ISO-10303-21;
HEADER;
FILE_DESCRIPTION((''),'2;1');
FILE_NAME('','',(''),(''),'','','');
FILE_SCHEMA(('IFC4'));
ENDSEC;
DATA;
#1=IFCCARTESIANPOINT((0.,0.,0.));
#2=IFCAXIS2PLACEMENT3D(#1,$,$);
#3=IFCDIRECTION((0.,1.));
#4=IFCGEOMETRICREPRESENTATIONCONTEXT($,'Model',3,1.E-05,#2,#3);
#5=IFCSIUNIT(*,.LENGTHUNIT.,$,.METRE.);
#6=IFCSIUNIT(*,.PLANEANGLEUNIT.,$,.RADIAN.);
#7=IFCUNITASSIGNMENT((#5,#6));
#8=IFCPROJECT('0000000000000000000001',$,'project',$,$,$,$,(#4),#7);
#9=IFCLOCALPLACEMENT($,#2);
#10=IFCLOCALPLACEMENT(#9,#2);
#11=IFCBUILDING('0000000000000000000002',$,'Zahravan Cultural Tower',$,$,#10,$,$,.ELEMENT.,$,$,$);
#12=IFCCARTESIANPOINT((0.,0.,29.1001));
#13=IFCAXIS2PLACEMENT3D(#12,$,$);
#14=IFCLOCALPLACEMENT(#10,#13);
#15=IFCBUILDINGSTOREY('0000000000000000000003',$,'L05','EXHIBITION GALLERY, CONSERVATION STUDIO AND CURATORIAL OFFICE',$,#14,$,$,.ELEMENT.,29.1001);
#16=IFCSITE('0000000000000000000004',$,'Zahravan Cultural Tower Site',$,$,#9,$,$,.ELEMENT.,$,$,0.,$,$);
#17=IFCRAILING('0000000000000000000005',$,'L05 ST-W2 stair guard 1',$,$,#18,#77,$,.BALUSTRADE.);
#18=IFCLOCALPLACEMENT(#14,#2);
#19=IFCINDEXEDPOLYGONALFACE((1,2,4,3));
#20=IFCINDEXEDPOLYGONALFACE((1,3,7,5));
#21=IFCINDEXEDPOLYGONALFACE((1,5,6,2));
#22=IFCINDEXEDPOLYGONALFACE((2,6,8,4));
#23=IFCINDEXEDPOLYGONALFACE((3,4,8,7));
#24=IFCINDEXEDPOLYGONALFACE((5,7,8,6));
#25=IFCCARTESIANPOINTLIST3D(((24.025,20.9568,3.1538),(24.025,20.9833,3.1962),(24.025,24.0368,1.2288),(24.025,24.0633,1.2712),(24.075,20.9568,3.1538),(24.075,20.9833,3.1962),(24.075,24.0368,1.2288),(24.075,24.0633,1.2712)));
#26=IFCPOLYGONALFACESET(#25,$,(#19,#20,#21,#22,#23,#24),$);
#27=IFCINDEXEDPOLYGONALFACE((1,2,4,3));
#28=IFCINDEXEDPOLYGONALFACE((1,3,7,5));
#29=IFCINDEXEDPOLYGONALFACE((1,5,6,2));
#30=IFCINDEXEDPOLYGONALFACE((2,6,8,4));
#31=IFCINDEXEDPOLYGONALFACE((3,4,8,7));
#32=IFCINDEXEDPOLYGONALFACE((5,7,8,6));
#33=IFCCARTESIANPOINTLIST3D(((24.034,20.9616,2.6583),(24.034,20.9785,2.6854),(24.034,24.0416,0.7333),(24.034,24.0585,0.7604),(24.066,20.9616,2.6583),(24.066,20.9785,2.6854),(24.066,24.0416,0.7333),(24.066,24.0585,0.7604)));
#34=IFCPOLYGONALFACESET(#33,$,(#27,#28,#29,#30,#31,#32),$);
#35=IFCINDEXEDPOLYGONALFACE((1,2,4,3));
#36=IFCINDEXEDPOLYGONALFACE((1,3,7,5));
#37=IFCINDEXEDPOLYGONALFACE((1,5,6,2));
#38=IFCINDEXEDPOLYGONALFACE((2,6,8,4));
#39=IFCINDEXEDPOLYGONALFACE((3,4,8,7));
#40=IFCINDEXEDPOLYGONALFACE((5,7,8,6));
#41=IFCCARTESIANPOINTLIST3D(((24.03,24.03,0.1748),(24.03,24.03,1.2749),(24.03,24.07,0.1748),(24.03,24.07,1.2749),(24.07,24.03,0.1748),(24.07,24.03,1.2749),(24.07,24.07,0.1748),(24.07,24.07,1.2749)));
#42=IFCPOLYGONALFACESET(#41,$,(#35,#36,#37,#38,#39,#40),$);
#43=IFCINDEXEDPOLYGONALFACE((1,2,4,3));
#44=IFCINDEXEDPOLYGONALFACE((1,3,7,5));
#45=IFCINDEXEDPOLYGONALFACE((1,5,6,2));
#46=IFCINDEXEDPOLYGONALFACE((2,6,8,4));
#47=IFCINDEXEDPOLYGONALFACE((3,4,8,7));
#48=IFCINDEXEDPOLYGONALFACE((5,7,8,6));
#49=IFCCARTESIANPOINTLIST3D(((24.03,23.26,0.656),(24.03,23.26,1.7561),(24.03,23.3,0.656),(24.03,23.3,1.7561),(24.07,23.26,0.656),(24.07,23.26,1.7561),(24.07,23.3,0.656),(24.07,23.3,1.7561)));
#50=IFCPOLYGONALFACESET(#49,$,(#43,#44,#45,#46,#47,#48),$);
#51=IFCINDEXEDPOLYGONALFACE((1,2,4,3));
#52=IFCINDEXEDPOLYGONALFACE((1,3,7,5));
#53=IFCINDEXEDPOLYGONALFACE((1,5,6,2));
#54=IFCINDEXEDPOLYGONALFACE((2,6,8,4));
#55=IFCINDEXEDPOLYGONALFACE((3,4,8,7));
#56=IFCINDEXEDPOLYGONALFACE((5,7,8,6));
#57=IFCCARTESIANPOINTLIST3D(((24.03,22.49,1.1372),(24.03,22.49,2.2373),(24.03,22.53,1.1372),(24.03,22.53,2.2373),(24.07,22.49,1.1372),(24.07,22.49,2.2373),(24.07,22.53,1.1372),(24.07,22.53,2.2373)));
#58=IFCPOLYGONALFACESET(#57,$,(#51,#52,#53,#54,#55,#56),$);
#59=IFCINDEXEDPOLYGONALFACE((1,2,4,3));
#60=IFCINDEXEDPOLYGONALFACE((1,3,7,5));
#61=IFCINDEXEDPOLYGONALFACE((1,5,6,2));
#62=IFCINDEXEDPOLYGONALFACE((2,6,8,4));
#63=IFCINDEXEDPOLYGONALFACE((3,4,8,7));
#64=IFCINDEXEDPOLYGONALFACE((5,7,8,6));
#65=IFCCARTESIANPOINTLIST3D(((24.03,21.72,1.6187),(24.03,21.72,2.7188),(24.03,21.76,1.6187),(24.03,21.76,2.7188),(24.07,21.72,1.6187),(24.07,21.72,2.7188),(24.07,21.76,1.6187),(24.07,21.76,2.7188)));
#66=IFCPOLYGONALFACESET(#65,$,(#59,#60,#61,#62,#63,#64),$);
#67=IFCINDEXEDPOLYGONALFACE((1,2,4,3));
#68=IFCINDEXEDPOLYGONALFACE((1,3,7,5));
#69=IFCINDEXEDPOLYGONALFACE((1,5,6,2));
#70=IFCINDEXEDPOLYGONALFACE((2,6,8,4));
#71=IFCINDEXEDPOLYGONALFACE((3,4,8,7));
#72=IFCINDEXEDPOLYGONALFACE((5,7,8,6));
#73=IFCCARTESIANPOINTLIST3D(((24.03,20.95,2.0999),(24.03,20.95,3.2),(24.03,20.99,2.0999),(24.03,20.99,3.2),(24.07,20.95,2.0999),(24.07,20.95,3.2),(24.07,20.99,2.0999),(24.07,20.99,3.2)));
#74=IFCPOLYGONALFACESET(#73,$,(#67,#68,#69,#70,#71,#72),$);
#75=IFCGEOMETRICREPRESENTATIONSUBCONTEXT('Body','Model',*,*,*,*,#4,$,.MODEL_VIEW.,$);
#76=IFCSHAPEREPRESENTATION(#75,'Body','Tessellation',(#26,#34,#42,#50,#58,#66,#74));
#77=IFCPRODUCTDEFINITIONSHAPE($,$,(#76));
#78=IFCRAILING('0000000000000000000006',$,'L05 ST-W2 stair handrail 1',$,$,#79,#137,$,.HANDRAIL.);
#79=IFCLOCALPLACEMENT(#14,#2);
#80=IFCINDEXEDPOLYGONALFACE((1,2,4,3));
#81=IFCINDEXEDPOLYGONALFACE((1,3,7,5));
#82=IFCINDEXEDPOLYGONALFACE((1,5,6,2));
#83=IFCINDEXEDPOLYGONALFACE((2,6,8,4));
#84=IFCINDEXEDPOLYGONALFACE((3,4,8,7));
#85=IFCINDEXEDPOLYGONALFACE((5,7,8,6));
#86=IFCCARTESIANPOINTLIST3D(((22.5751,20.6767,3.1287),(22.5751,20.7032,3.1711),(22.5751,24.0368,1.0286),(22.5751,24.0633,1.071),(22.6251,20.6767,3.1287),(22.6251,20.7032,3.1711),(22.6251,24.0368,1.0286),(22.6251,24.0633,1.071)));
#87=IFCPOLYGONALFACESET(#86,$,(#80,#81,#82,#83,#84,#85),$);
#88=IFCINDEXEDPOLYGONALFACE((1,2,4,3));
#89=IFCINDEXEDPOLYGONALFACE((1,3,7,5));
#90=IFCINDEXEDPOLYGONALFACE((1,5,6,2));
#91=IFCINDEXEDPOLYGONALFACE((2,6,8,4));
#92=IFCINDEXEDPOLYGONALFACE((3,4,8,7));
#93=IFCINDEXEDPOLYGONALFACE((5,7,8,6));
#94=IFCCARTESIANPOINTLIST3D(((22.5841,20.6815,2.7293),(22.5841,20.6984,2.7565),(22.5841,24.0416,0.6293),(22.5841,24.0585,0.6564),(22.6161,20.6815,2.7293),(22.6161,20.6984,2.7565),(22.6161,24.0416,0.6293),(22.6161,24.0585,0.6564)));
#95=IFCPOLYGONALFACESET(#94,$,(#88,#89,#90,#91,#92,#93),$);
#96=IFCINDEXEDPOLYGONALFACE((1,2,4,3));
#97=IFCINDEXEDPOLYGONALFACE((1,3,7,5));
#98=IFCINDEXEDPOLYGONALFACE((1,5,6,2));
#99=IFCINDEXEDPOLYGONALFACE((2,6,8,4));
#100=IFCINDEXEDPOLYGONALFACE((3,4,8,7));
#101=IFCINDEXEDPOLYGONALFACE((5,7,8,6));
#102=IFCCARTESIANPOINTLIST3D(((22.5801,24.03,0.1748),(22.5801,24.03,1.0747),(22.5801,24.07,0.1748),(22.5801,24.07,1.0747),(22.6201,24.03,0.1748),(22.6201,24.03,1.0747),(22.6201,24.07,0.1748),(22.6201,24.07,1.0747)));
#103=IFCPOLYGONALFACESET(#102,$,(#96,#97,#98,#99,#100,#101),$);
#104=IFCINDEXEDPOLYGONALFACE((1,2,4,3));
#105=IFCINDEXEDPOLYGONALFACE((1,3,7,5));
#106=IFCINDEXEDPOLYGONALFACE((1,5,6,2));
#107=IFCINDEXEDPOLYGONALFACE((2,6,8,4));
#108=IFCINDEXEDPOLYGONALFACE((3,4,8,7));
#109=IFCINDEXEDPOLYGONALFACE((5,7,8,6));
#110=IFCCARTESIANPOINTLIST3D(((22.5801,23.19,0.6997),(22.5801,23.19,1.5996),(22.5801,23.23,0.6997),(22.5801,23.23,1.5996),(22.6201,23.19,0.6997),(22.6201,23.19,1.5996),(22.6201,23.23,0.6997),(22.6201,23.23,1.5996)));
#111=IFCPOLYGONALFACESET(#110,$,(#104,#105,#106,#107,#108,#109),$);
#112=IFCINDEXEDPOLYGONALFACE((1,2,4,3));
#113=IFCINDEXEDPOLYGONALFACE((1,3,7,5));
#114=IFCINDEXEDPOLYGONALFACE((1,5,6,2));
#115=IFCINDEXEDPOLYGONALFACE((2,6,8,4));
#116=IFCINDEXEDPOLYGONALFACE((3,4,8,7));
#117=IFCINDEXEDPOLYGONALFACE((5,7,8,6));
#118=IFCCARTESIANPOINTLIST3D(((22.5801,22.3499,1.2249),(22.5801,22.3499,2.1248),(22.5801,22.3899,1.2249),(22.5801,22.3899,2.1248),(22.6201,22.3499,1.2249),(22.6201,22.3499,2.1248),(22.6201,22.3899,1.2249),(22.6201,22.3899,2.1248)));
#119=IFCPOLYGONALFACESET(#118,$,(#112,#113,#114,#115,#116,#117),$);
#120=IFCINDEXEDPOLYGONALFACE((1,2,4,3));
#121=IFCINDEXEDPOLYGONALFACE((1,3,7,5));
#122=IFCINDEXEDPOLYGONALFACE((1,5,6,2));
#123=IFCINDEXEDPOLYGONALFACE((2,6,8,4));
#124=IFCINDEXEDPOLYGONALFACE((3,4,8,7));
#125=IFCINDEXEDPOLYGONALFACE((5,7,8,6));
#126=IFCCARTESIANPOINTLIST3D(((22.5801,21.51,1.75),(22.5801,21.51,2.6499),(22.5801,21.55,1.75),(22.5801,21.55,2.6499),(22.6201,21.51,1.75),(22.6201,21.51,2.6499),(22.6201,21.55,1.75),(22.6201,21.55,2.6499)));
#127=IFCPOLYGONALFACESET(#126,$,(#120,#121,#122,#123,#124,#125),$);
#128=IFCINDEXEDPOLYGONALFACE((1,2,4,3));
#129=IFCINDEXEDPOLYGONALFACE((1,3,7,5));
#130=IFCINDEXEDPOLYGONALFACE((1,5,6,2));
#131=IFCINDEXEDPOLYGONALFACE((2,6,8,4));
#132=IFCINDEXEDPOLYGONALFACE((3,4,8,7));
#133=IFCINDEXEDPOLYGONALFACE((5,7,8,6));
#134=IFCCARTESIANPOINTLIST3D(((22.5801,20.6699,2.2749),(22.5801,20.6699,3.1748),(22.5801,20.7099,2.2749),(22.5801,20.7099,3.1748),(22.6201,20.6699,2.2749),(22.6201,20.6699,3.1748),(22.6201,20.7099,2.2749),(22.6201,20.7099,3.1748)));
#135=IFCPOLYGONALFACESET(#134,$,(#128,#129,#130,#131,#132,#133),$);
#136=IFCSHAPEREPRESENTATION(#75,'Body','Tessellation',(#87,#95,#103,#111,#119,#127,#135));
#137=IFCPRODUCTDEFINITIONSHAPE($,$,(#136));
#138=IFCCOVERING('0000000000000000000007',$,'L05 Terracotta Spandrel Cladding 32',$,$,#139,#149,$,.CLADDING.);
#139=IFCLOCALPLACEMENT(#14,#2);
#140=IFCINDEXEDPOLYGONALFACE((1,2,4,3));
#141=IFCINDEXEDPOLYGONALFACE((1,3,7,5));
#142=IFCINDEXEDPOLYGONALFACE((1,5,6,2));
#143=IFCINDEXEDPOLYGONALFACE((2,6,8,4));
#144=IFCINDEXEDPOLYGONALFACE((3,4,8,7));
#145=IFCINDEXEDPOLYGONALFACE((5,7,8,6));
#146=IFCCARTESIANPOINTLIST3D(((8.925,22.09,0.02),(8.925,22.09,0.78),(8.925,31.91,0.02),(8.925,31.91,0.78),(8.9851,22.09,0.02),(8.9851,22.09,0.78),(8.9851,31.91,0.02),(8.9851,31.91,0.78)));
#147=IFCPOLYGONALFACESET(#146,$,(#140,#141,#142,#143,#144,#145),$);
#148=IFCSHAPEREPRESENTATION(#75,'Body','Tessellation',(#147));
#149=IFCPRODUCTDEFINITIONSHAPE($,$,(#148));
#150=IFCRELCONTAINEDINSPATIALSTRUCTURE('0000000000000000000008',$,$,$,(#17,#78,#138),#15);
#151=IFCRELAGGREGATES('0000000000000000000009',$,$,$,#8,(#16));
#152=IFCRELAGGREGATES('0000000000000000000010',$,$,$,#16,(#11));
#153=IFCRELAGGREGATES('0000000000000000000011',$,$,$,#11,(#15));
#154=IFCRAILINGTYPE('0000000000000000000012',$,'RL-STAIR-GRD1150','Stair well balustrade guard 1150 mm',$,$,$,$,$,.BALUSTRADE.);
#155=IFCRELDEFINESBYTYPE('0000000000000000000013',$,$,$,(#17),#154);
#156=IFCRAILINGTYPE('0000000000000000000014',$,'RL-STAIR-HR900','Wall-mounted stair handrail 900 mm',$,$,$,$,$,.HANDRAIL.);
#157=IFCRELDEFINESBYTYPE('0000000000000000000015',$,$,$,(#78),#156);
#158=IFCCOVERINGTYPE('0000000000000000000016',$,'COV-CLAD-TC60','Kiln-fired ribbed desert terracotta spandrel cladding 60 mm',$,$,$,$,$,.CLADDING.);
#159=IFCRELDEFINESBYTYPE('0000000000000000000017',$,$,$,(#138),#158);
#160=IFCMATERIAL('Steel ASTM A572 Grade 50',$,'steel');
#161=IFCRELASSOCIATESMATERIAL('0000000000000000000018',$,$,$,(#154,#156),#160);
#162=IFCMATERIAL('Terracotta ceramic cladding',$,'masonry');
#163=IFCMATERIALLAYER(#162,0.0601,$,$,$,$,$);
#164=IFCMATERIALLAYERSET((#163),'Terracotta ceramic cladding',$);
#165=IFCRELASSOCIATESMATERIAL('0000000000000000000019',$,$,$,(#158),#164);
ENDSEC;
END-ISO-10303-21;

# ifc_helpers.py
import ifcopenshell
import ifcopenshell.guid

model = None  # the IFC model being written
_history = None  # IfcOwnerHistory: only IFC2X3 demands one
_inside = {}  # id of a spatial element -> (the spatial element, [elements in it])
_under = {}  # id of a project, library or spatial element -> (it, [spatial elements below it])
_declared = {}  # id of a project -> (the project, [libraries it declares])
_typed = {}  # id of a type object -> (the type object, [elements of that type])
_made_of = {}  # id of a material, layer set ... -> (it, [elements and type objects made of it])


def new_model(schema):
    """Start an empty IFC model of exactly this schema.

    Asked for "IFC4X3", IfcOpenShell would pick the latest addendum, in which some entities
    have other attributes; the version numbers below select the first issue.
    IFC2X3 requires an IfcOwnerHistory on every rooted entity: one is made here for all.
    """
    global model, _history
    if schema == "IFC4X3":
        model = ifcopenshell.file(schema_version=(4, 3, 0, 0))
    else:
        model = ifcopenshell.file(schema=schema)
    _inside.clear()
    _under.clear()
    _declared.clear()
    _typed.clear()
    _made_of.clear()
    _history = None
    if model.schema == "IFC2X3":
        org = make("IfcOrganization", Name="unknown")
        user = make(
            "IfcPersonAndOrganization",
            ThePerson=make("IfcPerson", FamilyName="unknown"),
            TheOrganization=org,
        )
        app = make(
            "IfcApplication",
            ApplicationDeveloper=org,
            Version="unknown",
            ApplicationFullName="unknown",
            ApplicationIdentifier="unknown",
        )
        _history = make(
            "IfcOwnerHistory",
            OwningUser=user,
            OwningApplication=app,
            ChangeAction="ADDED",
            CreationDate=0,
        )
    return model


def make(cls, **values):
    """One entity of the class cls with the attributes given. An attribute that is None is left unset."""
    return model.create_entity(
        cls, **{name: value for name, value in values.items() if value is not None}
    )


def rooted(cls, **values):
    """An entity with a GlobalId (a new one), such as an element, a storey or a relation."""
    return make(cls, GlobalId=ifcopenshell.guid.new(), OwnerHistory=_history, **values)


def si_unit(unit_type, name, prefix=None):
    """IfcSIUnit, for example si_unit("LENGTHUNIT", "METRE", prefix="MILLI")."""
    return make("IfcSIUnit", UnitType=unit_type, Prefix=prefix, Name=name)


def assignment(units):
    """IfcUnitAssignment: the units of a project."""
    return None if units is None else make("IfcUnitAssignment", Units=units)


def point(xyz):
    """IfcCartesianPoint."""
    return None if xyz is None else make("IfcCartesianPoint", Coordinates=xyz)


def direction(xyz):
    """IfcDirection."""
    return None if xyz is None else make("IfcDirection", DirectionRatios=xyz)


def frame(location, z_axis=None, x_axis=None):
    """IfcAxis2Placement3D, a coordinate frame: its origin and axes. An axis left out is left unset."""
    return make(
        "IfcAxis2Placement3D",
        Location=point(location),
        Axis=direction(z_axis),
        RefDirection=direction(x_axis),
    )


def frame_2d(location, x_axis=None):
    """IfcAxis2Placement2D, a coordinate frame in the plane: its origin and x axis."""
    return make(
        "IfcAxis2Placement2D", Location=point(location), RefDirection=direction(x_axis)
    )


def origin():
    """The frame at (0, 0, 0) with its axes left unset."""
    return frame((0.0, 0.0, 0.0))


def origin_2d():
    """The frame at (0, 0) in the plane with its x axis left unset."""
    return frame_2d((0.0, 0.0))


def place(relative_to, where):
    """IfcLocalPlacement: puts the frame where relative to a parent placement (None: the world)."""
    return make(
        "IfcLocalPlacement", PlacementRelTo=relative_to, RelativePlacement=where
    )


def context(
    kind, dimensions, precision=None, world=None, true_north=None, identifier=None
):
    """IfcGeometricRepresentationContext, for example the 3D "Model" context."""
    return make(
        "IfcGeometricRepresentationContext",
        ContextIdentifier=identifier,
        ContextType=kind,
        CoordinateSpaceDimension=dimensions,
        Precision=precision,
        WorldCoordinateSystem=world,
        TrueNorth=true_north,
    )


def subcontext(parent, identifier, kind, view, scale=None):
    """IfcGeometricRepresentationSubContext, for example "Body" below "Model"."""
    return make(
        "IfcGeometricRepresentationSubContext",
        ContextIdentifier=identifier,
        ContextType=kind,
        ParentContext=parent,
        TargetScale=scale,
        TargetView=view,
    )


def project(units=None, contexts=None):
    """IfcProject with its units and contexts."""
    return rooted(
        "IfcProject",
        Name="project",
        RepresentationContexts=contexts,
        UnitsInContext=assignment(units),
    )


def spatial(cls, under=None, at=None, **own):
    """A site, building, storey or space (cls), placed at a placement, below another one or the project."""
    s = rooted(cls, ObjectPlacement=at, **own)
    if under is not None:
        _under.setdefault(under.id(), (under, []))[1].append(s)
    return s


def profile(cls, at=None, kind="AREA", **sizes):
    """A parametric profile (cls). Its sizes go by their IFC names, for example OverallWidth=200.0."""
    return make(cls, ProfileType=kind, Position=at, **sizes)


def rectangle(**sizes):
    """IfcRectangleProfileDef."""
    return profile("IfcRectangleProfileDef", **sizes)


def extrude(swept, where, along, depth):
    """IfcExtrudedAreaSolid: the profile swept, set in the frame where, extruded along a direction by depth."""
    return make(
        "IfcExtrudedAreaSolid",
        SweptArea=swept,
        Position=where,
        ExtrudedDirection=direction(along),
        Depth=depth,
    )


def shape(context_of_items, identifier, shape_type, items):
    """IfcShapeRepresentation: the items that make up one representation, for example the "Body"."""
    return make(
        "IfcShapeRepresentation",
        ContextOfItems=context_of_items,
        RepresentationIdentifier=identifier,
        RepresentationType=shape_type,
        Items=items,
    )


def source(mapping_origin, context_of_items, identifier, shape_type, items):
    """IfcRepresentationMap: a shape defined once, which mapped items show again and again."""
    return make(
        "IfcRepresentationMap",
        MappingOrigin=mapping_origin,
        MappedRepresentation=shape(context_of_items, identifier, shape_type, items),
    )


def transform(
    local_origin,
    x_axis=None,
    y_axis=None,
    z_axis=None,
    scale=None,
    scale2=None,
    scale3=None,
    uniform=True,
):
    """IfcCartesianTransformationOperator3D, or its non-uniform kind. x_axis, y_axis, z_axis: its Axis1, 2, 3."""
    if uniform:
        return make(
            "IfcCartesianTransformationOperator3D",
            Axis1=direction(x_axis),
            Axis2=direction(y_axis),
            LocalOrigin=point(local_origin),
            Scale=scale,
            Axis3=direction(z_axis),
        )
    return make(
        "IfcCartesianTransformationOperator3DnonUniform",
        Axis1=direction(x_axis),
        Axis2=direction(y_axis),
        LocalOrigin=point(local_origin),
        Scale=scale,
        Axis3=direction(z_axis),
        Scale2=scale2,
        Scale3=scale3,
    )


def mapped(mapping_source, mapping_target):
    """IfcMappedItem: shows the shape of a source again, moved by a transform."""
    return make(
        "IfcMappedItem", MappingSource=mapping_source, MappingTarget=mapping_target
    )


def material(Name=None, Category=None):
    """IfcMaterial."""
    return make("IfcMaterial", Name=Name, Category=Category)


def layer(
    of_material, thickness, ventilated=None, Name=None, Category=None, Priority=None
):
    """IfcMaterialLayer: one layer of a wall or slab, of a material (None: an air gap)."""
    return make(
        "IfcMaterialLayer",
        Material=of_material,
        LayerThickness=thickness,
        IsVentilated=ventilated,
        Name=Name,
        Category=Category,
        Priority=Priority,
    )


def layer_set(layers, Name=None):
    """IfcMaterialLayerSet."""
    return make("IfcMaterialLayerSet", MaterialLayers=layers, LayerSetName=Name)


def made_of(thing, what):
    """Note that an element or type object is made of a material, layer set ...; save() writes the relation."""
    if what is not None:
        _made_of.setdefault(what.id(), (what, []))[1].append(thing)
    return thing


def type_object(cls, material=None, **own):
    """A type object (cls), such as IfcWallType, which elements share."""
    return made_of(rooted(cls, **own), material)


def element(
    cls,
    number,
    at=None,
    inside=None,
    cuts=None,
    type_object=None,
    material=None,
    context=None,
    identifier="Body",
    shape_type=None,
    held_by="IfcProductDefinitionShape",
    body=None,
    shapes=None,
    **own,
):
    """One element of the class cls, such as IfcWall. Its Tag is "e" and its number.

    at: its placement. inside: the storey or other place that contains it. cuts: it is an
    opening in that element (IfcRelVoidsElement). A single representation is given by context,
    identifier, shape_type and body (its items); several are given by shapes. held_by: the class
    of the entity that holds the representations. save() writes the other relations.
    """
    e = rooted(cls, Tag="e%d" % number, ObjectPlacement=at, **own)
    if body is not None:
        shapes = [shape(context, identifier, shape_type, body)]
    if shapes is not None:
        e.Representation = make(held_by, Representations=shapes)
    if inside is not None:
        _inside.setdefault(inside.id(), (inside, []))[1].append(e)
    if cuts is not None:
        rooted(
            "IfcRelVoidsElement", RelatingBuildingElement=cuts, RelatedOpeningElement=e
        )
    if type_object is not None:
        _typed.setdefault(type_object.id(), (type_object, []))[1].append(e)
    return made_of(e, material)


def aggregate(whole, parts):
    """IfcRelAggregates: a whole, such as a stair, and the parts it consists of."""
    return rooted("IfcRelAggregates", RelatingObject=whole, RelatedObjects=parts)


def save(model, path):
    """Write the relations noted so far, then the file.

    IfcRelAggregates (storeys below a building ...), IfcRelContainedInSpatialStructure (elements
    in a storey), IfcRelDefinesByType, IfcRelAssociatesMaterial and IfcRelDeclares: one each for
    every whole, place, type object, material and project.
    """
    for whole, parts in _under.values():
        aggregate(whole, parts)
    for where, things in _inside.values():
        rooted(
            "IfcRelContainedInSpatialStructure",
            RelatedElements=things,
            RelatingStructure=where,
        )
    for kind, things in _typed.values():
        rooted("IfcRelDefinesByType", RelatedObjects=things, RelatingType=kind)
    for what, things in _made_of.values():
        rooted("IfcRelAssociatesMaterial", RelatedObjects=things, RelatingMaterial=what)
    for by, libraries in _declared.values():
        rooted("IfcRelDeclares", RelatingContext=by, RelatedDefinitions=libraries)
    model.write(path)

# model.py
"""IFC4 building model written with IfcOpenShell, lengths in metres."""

from ifc_helpers import new_model, si_unit, direction, frame, origin, origin_2d, place, context, subcontext, project, spatial, rectangle, extrude, source, transform, mapped, material, layer, layer_set, type_object, element, save


model = new_model("IFC4")

# Units and contexts
model_context = context("Model", 3, precision=1e-05, world=origin(), true_north=direction((0.0, 1.0)))
body_context = subcontext(model_context, "Body", "Model", "MODEL_VIEW")
ifc_project = project(units=[si_unit("LENGTHUNIT", "METRE"), si_unit("PLANEANGLEUNIT", "RADIAN")], contexts=[model_context])

# Site, building, storey
site_placement = place(None, origin())
site = spatial("IfcSite", under=ifc_project, at=site_placement, Name="Zahravan Cultural Tower Site", CompositionType="ELEMENT", RefElevation=0.0)
building_placement = place(site_placement, origin())
building = spatial("IfcBuilding", under=site, at=building_placement, Name="Zahravan Cultural Tower", CompositionType="ELEMENT")
storey_placement = place(building_placement, frame((0.0, 0.0, 29.1001)))
storey = spatial("IfcBuildingStorey", under=building, at=storey_placement, Name="L05", Description="EXHIBITION GALLERY, CONSERVATION STUDIO AND CURATORIAL OFFICE", CompositionType="ELEMENT", Elevation=29.1001)

# Shared definitions
ifc_material_1 = material(Name="Steel ASTM A572 Grade 50", Category="steel")

# Railings
railing_type_1 = type_object("IfcRailingType", Name="RL-STAIR-GRD1150", Description="Stair well balustrade guard 1150 mm", PredefinedType="BALUSTRADE", material=ifc_material_1)
railing_1_placement = place(storey_placement, frame((24.05, 24.05, 0.1748)))
element("IfcRailing", 1, at=railing_1_placement, inside=storey, type_object=railing_type_1, Name="L05 ST-W2 stair guard 1", PredefinedType="BALUSTRADE", context=body_context, shape_type="SweptSolid", body=[
    extrude(rectangle(XDim=0.05, YDim=0.05, at=origin_2d()), frame((0.0, 0.0, 1.0752), z_axis=(0.0, -0.847998, 0.529999), x_axis=(1.0, 0.0, 0.0)), (0.0, 0.0, 1.0), 3.6321),
    extrude(rectangle(XDim=0.032, YDim=0.032, at=origin_2d()), frame((0.0, 0.0, 0.572), z_axis=(0.0, -0.847998, 0.529999), x_axis=(1.0, 0.0, 0.0)), (0.0, 0.0, 1.0), 3.6321),
    extrude(rectangle(XDim=0.04, YDim=0.04, at=origin_2d()), origin(), (0.0, 0.0, 1.0), 1.1001),
    extrude(rectangle(XDim=0.04, YDim=0.04, at=origin_2d()), frame((0.0, -0.77, 0.4812)), (0.0, 0.0, 1.0), 1.1001),
    extrude(rectangle(XDim=0.04, YDim=0.04, at=origin_2d()), frame((0.0, -1.54, 0.9624)), (0.0, 0.0, 1.0), 1.1001),
    extrude(rectangle(XDim=0.04, YDim=0.04, at=origin_2d()), frame((0.0, -2.3101, 1.4438)), (0.0, 0.0, 1.0), 1.1001),
    extrude(rectangle(XDim=0.04, YDim=0.04, at=origin_2d()), frame((0.0, -3.0801, 1.925)), (0.0, 0.0, 1.0), 1.1001),
])
railing_type_2 = type_object("IfcRailingType", Name="RL-STAIR-HR900", Description="Wall-mounted stair handrail 900 mm", PredefinedType="HANDRAIL", material=ifc_material_1)
railing_2_placement = place(storey_placement, frame((22.6001, 24.05, 0.1748)))
element("IfcRailing", 2, at=railing_2_placement, inside=storey, type_object=railing_type_2, Name="L05 ST-W2 stair handrail 1", PredefinedType="HANDRAIL", context=body_context, shape_type="SweptSolid", body=[
    extrude(rectangle(XDim=0.05, YDim=0.05, at=origin_2d()), frame((0.0, 0.0, 0.875), z_axis=(0.0, -0.847995, 0.530004), x_axis=(1.0, 0.0, 0.0)), (0.0, 0.0, 1.0), 3.9624),
    extrude(rectangle(XDim=0.032, YDim=0.032, at=origin_2d()), frame((0.0, 0.0, 0.468), z_axis=(0.0, -0.847995, 0.530004), x_axis=(1.0, 0.0, 0.0)), (0.0, 0.0, 1.0), 3.9624),
    extrude(rectangle(XDim=0.04, YDim=0.04, at=origin_2d()), origin(), (0.0, 0.0, 1.0), 0.8999),
    extrude(rectangle(XDim=0.04, YDim=0.04, at=origin_2d()), frame((0.0, -0.8401, 0.5249)), (0.0, 0.0, 1.0), 0.8999),
    extrude(rectangle(XDim=0.04, YDim=0.04, at=origin_2d()), frame((0.0, -1.6802, 1.05)), (0.0, 0.0, 1.0), 0.8999),
    extrude(rectangle(XDim=0.04, YDim=0.04, at=origin_2d()), frame((0.0, -2.52, 1.5752)), (0.0, 0.0, 1.0), 0.8999),
    extrude(rectangle(XDim=0.04, YDim=0.04, at=origin_2d()), frame((0.0, -3.3601, 2.1001)), (0.0, 0.0, 1.0), 0.8999),
])

# Covering
ifc_material_2 = material(Name="Terracotta ceramic cladding", Category="masonry")
ifc_layer_1 = layer(ifc_material_2, 0.0601)
ifc_layer_set_1 = layer_set([ifc_layer_1], Name="Terracotta ceramic cladding")
covering_type = type_object("IfcCoveringType", Name="COV-CLAD-TC60", Description="Kiln-fired ribbed desert terracotta spandrel cladding 60 mm", PredefinedType="CLADDING", material=ifc_layer_set_1)
shared_shape_1 = source(origin(), body_context, "Body", "SweptSolid", [
    extrude(rectangle(XDim=9.8201, YDim=0.0601, at=origin_2d()), origin(), (0.0, 0.0, 1.0), 0.76),
])
covering_placement = place(storey_placement, frame((8.9551, 27.0, 0.02), z_axis=(0.0, 0.0, 1.0), x_axis=(0.0, 1.0, 0.0)))
element("IfcCovering", 3, at=covering_placement, inside=storey, type_object=covering_type, Name="L05 Terracotta Spandrel Cladding 32", PredefinedType="CLADDING", context=body_context, shape_type="MappedRepresentation", body=[
    mapped(shared_shape_1, transform((0.0, 0.0, 0.0), x_axis=(1.0, 0.0, 0.0), y_axis=(0.0, 1.0, 0.0), z_axis=(0.0, 0.0, 1.0), scale=1.0)),
])

save(model, "model.ifc")
